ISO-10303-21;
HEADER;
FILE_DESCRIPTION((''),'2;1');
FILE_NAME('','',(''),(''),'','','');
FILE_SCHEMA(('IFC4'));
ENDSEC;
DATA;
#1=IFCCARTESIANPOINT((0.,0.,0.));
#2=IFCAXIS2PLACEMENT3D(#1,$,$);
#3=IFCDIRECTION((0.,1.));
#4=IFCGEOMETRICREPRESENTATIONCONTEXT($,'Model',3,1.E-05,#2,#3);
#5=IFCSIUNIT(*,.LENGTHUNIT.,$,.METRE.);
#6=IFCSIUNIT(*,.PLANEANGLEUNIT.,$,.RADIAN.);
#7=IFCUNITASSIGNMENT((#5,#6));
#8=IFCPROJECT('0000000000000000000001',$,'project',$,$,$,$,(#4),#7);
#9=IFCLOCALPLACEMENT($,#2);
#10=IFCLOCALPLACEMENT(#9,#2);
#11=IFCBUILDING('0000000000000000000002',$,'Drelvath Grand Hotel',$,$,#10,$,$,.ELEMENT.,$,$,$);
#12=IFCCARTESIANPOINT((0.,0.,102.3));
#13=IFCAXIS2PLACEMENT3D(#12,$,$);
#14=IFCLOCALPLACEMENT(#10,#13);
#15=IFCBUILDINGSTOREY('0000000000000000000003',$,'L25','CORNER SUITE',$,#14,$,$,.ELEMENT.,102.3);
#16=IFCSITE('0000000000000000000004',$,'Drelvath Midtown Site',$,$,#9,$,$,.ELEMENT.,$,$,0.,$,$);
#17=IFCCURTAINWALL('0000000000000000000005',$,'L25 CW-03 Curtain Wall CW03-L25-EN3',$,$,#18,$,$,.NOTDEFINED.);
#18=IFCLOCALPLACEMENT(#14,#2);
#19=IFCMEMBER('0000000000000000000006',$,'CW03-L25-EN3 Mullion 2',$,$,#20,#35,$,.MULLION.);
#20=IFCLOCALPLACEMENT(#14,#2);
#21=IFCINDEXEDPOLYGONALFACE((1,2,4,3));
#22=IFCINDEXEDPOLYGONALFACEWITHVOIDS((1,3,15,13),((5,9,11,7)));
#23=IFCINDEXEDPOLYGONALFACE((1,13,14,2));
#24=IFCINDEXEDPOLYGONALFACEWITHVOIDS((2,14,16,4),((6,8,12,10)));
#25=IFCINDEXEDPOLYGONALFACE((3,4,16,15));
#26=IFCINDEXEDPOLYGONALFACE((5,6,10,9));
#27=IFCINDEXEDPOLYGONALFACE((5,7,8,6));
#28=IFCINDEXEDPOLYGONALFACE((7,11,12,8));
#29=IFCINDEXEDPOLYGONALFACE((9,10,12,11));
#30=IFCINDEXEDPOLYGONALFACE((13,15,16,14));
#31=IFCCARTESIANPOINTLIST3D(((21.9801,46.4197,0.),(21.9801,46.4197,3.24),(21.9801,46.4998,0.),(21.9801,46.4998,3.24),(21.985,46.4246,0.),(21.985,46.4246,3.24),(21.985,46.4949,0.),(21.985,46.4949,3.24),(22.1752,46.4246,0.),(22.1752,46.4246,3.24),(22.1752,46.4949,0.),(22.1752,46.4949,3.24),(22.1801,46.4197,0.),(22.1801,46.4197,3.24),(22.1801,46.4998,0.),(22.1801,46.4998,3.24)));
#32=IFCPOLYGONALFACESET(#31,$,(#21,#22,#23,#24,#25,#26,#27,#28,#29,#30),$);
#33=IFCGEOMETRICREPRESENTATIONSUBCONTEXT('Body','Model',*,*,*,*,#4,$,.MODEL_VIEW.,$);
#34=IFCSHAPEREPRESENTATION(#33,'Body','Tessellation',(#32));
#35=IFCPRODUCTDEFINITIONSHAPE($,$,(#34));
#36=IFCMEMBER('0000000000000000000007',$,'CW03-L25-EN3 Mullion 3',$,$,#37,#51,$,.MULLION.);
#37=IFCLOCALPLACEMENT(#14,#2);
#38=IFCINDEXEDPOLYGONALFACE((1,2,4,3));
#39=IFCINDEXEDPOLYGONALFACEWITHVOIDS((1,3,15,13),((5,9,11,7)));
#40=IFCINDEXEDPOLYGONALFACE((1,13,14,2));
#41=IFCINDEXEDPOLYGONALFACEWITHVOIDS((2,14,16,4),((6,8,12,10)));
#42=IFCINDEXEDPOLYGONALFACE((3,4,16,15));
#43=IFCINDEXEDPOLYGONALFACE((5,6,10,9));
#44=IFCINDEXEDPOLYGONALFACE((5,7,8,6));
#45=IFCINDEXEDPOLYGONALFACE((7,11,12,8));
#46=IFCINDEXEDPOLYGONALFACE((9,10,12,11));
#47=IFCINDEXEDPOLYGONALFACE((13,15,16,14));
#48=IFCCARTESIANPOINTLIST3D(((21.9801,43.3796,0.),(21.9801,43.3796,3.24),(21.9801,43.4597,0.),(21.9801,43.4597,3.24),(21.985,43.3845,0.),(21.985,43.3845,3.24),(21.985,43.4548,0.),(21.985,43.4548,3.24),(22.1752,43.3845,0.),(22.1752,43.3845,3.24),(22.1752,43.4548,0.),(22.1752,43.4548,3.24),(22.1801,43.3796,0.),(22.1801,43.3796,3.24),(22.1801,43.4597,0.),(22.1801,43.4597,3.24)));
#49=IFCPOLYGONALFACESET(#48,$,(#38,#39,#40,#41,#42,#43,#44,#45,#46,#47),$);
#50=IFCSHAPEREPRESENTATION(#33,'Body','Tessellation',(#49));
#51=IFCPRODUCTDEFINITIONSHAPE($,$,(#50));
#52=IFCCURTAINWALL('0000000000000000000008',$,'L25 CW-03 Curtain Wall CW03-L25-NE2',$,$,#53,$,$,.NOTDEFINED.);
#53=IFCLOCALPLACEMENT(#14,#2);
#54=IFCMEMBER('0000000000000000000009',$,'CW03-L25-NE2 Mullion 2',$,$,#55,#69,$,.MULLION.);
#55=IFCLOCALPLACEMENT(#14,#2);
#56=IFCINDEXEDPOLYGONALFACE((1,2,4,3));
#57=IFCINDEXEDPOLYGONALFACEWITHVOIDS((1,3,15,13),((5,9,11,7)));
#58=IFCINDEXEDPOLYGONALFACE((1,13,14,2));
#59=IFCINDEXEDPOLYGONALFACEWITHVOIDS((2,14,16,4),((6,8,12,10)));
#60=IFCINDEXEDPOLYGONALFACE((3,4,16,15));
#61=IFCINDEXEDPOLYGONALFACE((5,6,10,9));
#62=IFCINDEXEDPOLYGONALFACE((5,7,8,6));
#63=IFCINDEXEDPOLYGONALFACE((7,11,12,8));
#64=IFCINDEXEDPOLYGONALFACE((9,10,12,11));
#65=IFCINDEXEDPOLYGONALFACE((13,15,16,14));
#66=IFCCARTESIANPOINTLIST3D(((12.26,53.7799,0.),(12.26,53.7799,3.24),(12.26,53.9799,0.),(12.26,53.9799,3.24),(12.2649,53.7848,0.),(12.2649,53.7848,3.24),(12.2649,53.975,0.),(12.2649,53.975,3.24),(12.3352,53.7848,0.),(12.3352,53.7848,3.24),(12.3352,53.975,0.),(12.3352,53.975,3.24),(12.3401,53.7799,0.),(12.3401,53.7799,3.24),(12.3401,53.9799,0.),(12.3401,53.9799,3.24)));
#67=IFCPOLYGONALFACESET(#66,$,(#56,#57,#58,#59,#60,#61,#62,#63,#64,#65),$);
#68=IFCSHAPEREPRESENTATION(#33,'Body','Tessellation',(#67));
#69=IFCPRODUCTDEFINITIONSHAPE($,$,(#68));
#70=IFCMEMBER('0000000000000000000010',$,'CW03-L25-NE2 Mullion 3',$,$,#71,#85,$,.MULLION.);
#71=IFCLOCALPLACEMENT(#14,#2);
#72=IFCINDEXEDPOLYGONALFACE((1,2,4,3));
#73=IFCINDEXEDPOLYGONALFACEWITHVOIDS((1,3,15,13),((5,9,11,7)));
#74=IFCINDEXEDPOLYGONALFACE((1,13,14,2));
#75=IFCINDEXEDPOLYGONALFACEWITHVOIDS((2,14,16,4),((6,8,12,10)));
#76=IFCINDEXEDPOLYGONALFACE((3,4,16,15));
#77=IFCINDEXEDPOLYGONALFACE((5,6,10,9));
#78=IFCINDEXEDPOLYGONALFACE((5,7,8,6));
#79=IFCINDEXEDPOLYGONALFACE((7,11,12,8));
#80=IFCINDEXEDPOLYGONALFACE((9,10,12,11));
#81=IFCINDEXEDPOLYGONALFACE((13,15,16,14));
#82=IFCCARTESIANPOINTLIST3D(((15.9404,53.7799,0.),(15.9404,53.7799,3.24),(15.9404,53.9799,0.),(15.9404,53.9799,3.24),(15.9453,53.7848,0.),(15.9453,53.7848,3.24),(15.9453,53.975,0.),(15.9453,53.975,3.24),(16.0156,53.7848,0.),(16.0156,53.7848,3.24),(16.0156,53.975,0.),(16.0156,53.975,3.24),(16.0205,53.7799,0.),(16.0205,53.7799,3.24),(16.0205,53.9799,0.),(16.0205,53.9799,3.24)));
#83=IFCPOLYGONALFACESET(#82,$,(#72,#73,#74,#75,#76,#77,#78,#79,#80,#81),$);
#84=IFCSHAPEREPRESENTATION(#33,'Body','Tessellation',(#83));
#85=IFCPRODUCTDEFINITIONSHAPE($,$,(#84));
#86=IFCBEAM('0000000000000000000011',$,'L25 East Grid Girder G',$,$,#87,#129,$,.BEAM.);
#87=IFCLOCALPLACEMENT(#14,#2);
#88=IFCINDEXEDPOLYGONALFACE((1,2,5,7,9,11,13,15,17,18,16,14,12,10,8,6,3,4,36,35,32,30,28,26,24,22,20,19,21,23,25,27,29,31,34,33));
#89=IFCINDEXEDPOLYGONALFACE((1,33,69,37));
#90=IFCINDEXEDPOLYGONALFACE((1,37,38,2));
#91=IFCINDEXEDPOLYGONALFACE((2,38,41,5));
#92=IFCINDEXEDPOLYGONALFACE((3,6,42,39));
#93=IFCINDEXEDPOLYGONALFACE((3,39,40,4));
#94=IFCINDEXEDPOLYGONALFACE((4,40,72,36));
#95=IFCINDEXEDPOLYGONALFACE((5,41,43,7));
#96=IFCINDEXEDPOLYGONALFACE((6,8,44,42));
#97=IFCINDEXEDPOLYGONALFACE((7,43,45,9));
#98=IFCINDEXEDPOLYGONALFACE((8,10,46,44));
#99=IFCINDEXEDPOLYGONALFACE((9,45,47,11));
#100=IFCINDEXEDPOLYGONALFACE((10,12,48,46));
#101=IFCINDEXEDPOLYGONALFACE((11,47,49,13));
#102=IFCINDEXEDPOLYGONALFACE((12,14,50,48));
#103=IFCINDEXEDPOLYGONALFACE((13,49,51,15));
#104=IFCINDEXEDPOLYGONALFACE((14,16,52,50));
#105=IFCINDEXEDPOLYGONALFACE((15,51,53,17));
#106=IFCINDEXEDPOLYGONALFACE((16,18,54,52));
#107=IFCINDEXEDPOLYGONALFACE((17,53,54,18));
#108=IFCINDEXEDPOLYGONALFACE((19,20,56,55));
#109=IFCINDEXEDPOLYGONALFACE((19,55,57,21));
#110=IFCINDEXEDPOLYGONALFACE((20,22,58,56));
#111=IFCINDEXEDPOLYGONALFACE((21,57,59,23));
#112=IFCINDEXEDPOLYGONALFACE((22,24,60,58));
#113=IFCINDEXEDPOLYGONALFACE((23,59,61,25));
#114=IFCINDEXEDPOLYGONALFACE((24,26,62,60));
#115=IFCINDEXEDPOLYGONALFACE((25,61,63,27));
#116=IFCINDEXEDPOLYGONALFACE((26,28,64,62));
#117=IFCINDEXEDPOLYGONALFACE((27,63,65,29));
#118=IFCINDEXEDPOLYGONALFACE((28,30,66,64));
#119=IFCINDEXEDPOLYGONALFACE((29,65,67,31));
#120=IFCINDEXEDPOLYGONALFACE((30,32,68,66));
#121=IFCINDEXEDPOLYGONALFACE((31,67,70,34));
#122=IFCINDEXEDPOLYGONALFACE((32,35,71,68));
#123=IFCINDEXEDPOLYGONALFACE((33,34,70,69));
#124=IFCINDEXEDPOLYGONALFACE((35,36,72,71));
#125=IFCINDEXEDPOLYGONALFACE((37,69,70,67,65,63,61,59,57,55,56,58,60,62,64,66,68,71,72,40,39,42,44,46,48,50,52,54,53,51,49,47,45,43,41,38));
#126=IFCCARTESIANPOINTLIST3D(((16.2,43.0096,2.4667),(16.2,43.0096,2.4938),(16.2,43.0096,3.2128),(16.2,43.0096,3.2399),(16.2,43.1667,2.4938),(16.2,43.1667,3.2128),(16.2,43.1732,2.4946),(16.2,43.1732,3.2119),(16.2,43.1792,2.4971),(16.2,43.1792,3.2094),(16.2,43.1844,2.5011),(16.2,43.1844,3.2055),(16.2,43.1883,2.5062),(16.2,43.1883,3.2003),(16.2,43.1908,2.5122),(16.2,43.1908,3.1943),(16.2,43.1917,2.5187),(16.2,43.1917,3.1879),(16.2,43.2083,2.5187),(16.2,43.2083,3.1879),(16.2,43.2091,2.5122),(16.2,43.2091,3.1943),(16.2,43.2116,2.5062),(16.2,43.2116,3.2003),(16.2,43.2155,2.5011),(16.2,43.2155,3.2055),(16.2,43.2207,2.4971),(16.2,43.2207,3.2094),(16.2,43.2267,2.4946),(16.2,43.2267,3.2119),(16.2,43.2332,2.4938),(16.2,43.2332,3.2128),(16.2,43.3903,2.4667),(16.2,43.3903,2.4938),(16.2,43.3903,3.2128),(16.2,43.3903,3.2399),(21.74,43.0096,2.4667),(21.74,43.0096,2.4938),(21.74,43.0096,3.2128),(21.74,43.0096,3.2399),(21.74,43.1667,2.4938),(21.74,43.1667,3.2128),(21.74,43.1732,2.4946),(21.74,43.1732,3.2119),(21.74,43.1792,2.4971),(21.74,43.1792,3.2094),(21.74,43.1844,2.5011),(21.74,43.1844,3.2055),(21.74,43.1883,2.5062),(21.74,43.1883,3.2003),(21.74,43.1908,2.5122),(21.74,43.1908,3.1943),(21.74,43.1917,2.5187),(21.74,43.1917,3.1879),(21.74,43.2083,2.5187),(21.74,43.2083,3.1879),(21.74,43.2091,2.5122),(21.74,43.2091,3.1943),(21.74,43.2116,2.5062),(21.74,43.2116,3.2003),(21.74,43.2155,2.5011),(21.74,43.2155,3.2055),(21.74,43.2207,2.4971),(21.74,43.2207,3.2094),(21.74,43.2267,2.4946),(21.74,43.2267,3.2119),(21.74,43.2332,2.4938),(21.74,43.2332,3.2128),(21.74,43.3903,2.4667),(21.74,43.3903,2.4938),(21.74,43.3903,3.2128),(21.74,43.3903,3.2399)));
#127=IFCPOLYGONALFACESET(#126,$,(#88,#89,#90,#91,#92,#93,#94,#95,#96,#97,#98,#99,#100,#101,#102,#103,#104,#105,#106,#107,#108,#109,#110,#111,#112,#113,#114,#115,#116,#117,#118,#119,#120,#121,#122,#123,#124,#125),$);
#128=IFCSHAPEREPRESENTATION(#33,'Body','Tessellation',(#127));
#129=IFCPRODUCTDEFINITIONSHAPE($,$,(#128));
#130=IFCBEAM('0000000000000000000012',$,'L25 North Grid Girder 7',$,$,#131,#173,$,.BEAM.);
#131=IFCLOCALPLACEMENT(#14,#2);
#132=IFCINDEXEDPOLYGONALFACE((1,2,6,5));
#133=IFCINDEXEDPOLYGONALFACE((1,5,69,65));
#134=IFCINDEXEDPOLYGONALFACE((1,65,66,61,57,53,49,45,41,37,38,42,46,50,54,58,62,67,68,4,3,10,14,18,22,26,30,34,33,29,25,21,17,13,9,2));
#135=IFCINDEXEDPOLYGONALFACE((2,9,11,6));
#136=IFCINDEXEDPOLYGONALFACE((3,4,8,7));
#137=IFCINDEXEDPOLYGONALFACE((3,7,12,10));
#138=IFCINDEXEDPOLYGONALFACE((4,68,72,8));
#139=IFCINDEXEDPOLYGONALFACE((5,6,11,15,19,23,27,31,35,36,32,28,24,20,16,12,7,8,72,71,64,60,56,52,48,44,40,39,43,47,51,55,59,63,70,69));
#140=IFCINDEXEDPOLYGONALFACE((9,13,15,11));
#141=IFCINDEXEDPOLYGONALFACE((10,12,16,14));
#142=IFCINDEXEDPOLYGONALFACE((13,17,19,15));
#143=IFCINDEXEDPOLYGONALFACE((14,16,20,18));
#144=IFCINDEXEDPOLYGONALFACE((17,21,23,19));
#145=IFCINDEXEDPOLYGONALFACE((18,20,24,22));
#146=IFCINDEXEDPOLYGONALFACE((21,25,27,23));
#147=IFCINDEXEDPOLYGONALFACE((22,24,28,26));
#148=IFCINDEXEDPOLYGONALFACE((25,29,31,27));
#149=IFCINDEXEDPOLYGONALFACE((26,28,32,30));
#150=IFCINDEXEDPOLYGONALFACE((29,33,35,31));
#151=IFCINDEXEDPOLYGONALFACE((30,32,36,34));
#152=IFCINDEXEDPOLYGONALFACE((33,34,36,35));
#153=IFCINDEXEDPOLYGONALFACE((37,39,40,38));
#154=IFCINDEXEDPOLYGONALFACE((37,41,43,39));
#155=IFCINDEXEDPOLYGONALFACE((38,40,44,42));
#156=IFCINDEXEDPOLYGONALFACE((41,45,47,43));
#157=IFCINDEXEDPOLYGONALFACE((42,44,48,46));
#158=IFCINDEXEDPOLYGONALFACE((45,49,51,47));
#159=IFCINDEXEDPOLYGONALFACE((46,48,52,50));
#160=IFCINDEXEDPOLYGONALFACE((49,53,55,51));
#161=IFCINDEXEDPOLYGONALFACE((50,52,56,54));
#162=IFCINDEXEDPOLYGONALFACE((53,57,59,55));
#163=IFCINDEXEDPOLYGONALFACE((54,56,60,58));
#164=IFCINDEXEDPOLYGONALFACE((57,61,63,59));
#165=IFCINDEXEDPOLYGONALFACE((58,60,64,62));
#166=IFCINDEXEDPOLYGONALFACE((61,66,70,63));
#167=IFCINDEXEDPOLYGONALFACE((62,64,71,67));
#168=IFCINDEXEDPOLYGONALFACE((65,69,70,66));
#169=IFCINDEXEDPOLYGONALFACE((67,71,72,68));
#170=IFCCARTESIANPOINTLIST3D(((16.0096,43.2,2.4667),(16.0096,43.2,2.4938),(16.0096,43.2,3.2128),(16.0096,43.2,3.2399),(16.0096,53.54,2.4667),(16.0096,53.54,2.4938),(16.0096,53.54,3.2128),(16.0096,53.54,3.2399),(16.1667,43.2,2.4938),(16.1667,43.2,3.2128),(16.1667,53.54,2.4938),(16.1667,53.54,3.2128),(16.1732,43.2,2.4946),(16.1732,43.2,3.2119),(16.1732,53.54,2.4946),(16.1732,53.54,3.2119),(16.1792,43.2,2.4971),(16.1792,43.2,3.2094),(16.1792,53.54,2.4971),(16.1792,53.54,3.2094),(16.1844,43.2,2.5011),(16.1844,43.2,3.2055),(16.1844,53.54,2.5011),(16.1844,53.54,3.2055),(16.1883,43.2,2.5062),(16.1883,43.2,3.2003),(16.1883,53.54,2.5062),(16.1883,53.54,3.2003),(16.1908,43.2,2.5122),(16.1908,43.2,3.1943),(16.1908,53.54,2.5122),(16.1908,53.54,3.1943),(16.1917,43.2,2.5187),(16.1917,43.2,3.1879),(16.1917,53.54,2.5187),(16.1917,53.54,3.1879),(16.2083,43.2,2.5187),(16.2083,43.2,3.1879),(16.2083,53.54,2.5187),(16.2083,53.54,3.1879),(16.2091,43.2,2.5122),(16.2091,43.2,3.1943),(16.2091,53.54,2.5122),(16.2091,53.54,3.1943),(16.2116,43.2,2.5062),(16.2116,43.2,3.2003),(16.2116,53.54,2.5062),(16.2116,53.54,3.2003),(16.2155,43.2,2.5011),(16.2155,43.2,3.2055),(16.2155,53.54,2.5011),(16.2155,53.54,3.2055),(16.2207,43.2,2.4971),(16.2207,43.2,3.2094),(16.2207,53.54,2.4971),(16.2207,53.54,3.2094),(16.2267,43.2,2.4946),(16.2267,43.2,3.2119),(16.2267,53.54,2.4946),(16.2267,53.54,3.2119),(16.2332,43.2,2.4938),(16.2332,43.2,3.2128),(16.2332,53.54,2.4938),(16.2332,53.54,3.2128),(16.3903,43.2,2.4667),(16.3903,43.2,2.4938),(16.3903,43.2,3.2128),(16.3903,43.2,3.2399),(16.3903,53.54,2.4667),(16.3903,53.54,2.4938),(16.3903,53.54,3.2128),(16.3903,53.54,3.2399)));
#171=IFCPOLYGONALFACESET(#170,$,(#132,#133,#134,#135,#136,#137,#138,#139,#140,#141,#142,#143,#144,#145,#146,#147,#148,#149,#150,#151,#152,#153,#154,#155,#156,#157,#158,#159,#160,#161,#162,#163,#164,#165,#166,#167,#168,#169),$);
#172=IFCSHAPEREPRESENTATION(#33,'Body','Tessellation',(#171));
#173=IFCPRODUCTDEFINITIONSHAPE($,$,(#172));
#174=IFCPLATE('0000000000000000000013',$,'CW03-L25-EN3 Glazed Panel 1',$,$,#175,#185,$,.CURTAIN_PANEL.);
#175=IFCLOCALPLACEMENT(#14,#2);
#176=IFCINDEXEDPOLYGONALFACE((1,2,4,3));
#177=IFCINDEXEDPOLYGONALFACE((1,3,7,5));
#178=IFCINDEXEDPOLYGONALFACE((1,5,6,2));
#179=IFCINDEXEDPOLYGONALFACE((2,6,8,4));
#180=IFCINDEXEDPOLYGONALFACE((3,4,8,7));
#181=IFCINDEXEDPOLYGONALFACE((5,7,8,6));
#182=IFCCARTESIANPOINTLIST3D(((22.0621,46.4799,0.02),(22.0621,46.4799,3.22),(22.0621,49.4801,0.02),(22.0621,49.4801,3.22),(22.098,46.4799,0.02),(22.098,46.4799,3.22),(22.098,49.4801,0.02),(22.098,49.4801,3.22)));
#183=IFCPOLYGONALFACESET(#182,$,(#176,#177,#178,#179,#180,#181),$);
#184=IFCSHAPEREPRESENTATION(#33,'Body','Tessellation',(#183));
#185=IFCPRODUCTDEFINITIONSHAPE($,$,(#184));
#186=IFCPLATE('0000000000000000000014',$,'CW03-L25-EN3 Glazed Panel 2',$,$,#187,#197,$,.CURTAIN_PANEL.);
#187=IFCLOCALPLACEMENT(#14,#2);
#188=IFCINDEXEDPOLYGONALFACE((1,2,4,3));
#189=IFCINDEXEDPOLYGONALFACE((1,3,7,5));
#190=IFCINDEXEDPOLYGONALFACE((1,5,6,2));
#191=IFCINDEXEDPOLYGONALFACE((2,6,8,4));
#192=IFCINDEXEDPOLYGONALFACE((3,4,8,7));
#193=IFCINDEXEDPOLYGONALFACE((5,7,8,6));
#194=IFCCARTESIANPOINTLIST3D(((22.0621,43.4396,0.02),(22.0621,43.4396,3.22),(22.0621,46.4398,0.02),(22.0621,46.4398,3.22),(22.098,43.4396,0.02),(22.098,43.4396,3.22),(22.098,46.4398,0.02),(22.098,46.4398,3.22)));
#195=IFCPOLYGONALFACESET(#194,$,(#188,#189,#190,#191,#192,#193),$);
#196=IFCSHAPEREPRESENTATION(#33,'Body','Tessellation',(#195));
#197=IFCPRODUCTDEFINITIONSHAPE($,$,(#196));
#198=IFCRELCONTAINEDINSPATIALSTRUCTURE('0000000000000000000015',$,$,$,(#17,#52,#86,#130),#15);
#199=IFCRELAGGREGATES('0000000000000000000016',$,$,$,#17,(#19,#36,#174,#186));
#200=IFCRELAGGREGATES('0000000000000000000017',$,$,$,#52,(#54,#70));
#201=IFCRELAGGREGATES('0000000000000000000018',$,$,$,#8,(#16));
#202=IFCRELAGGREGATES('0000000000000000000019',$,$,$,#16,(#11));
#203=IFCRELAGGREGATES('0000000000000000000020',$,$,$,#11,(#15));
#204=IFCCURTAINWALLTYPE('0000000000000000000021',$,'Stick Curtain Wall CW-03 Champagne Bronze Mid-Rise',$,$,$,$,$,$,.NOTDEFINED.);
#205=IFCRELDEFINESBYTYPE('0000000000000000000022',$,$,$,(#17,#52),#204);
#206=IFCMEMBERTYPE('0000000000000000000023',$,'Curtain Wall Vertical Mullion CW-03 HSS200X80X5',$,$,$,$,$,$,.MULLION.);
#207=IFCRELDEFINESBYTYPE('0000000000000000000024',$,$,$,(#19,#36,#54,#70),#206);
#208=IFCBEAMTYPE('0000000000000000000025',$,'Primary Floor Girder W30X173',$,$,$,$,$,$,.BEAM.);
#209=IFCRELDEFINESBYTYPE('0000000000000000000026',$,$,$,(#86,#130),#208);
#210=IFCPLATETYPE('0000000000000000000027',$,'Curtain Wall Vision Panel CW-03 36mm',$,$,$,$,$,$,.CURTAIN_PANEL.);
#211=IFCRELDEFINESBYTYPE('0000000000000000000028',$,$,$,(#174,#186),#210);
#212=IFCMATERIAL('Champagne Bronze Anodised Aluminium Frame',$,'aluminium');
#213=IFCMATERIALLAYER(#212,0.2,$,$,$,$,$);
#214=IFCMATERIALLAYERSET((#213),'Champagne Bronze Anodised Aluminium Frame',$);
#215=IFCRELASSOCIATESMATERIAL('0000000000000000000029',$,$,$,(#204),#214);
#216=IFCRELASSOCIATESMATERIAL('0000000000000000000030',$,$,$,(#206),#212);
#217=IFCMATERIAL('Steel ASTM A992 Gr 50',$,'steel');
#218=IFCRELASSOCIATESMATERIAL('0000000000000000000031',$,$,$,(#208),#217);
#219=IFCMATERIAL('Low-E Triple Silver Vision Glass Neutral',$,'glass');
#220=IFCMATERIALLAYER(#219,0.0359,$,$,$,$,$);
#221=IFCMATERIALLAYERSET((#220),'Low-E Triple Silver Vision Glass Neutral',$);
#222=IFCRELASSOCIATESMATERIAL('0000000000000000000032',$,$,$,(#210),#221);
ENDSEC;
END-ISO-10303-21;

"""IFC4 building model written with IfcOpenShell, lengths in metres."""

from ifc_helpers import new_model, si_unit, direction, frame, origin, origin_2d, place, context, subcontext, project, spatial, rectangle, hollow_rectangle, i_section, extrude, material, layer, layer_set, material_profile, profile_set, type_object, element, aggregate, save


model = new_model("IFC4")

# Units and contexts
model_context = context("Model", 3, precision=1e-05, world=origin(), true_north=direction((0.0, 1.0)))
body_context = subcontext(model_context, "Body", "Model", "MODEL_VIEW")
ifc_project = project(units=[si_unit("LENGTHUNIT", "METRE"), si_unit("PLANEANGLEUNIT", "RADIAN")], contexts=[model_context])

# Site, building, storey
site_placement = place(None, origin())
site = spatial("IfcSite", under=ifc_project, at=site_placement, Name="Drelvath Midtown Site", CompositionType="ELEMENT", RefElevation=0.0)
building_placement = place(site_placement, origin())
building = spatial("IfcBuilding", under=site, at=building_placement, Name="Drelvath Grand Hotel", CompositionType="ELEMENT")
storey_placement = place(building_placement, frame((0.0, 0.0, 102.3)))
storey = spatial("IfcBuildingStorey", under=building, at=storey_placement, Name="L25", Description="CORNER SUITE", CompositionType="ELEMENT", Elevation=102.3)

# Curtain wall
ifc_material_1 = material(Name="Champagne Bronze Anodised Aluminium Frame", Category="aluminium")
ifc_layer_1 = layer(ifc_material_1, 0.2)
ifc_layer_set_1 = layer_set([ifc_layer_1], Name="Champagne Bronze Anodised Aluminium Frame")
curtain_wall_type = type_object("IfcCurtainWallType", Name="Stick Curtain Wall CW-03 Champagne Bronze Mid-Rise", PredefinedType="NOTDEFINED", material=ifc_layer_set_1)
curtain_wall_1_placement = place(storey_placement, origin())
curtain_wall_1 = element("IfcCurtainWall", 1, at=curtain_wall_1_placement, inside=storey, type_object=curtain_wall_type, Name="L25 CW-03 Curtain Wall CW03-L25-EN3", PredefinedType="NOTDEFINED")

# Members
ifc_material_profile_1 = material_profile(ifc_material_1, hollow_rectangle(XDim=0.0801, YDim=0.2, WallThickness=0.0049, at=origin_2d()), Name="HSS200X80X5")
ifc_profile_set_1 = profile_set([ifc_material_profile_1], Name="Champagne Bronze Anodised Aluminium Frame")
member_type_1 = type_object("IfcMemberType", Name="Curtain Wall Vertical Mullion CW-03 HSS200X80X5", PredefinedType="MULLION", material=ifc_profile_set_1)
member_1_placement = place(storey_placement, frame((22.0801, 46.4597, 0.0), z_axis=(0.0, 0.0, 1.0), x_axis=(0.0, 1.0, 0.0)))
member_1 = element("IfcMember", 2, at=member_1_placement, type_object=member_type_1, Name="CW03-L25-EN3 Mullion 2", PredefinedType="MULLION", context=body_context, shape_type="SweptSolid", body=[
    extrude(hollow_rectangle(XDim=0.0801, YDim=0.2, WallThickness=0.0049, at=origin_2d()), origin(), (0.0, 0.0, 1.0), 3.24),
])
member_2_placement = place(storey_placement, frame((22.0801, 43.4197, 0.0), z_axis=(0.0, 0.0, 1.0), x_axis=(0.0, 1.0, 0.0)))
member_2 = element("IfcMember", 3, at=member_2_placement, type_object=member_type_1, Name="CW03-L25-EN3 Mullion 3", PredefinedType="MULLION", context=body_context, shape_type="SweptSolid", body=[
    extrude(hollow_rectangle(XDim=0.0801, YDim=0.2, WallThickness=0.0049, at=origin_2d()), origin(), (0.0, 0.0, 1.0), 3.24),
])

# Curtain wall, members
curtain_wall_2_placement = place(storey_placement, origin())
curtain_wall_2 = element("IfcCurtainWall", 4, at=curtain_wall_2_placement, inside=storey, type_object=curtain_wall_type, Name="L25 CW-03 Curtain Wall CW03-L25-NE2", PredefinedType="NOTDEFINED")
member_3_placement = place(storey_placement, frame((12.3, 53.8799, 0.0), z_axis=(0.0, 0.0, 1.0), x_axis=(1.0, 0.0, 0.0)))
member_3 = element("IfcMember", 5, at=member_3_placement, type_object=member_type_1, Name="CW03-L25-NE2 Mullion 2", PredefinedType="MULLION", context=body_context, shape_type="SweptSolid", body=[
    extrude(hollow_rectangle(XDim=0.0801, YDim=0.2, WallThickness=0.0049, at=origin_2d()), origin(), (0.0, 0.0, 1.0), 3.24),
])
member_4_placement = place(storey_placement, frame((15.9805, 53.8799, 0.0), z_axis=(0.0, 0.0, 1.0), x_axis=(1.0, 0.0, 0.0)))
member_4 = element("IfcMember", 6, at=member_4_placement, type_object=member_type_1, Name="CW03-L25-NE2 Mullion 3", PredefinedType="MULLION", context=body_context, shape_type="SweptSolid", body=[
    extrude(hollow_rectangle(XDim=0.0801, YDim=0.2, WallThickness=0.0049, at=origin_2d()), origin(), (0.0, 0.0, 1.0), 3.24),
])

# Beams
ifc_material_2 = material(Name="Steel ASTM A992 Gr 50", Category="steel")
ifc_material_profile_2 = material_profile(ifc_material_2, i_section(OverallWidth=0.3806, OverallDepth=0.7732, WebThickness=0.0166, FlangeThickness=0.0271, FilletRadius=0.0249, at=origin_2d()), Name="W30X173")
ifc_profile_set_2 = profile_set([ifc_material_profile_2], Name="Steel ASTM A992 Gr 50")
beam_type = type_object("IfcBeamType", Name="Primary Floor Girder W30X173", PredefinedType="BEAM", material=ifc_profile_set_2)
beam_1_placement = place(storey_placement, frame((16.2, 43.2, 2.8533), z_axis=(1.0, 0.0, 0.0), x_axis=(0.0, 1.0, 0.0)))
element("IfcBeam", 7, at=beam_1_placement, inside=storey, type_object=beam_type, Name="L25 East Grid Girder G", PredefinedType="BEAM", context=body_context, shape_type="SweptSolid", body=[
    extrude(i_section(OverallWidth=0.3806, OverallDepth=0.7732, WebThickness=0.0166, FlangeThickness=0.0271, FilletRadius=0.0249, at=origin_2d()), origin(), (0.0, 0.0, 1.0), 5.54),
])
beam_2_placement = place(storey_placement, frame((16.2, 43.2, 2.8533), z_axis=(0.0, 1.0, 0.0), x_axis=(-1.0, 0.0, 0.0)))
element("IfcBeam", 8, at=beam_2_placement, inside=storey, type_object=beam_type, Name="L25 North Grid Girder 7", PredefinedType="BEAM", context=body_context, shape_type="SweptSolid", body=[
    extrude(i_section(OverallWidth=0.3806, OverallDepth=0.7732, WebThickness=0.0166, FlangeThickness=0.0271, FilletRadius=0.0249, at=origin_2d()), origin(), (0.0, 0.0, 1.0), 10.3401),
])

# Plates
ifc_material_3 = material(Name="Low-E Triple Silver Vision Glass Neutral", Category="glass")
ifc_layer_2 = layer(ifc_material_3, 0.0359)
ifc_layer_set_2 = layer_set([ifc_layer_2], Name="Low-E Triple Silver Vision Glass Neutral")
plate_type = type_object("IfcPlateType", Name="Curtain Wall Vision Panel CW-03 36mm", PredefinedType="CURTAIN_PANEL", material=ifc_layer_set_2)
plate_1_placement = place(storey_placement, frame((22.0801, 47.98, 0.02), z_axis=(0.0, 0.0, 1.0), x_axis=(0.0, -1.0, 0.0)))
plate_1 = element("IfcPlate", 9, at=plate_1_placement, type_object=plate_type, Name="CW03-L25-EN3 Glazed Panel 1", PredefinedType="CURTAIN_PANEL", context=body_context, shape_type="SweptSolid", body=[
    extrude(rectangle(XDim=3.0002, YDim=0.0359, at=origin_2d()), origin(), (0.0, 0.0, 1.0), 3.2),
])
plate_2_placement = place(storey_placement, frame((22.0801, 44.9397, 0.02), z_axis=(0.0, 0.0, 1.0), x_axis=(0.0, -1.0, 0.0)))
plate_2 = element("IfcPlate", 10, at=plate_2_placement, type_object=plate_type, Name="CW03-L25-EN3 Glazed Panel 2", PredefinedType="CURTAIN_PANEL", context=body_context, shape_type="SweptSolid", body=[
    extrude(rectangle(XDim=3.0002, YDim=0.0359, at=origin_2d()), origin(), (0.0, 0.0, 1.0), 3.2),
])
aggregate(curtain_wall_1, [member_1, member_2, plate_1, plate_2])
aggregate(curtain_wall_2, [member_3, member_4])

save(model, "model.ifc")
